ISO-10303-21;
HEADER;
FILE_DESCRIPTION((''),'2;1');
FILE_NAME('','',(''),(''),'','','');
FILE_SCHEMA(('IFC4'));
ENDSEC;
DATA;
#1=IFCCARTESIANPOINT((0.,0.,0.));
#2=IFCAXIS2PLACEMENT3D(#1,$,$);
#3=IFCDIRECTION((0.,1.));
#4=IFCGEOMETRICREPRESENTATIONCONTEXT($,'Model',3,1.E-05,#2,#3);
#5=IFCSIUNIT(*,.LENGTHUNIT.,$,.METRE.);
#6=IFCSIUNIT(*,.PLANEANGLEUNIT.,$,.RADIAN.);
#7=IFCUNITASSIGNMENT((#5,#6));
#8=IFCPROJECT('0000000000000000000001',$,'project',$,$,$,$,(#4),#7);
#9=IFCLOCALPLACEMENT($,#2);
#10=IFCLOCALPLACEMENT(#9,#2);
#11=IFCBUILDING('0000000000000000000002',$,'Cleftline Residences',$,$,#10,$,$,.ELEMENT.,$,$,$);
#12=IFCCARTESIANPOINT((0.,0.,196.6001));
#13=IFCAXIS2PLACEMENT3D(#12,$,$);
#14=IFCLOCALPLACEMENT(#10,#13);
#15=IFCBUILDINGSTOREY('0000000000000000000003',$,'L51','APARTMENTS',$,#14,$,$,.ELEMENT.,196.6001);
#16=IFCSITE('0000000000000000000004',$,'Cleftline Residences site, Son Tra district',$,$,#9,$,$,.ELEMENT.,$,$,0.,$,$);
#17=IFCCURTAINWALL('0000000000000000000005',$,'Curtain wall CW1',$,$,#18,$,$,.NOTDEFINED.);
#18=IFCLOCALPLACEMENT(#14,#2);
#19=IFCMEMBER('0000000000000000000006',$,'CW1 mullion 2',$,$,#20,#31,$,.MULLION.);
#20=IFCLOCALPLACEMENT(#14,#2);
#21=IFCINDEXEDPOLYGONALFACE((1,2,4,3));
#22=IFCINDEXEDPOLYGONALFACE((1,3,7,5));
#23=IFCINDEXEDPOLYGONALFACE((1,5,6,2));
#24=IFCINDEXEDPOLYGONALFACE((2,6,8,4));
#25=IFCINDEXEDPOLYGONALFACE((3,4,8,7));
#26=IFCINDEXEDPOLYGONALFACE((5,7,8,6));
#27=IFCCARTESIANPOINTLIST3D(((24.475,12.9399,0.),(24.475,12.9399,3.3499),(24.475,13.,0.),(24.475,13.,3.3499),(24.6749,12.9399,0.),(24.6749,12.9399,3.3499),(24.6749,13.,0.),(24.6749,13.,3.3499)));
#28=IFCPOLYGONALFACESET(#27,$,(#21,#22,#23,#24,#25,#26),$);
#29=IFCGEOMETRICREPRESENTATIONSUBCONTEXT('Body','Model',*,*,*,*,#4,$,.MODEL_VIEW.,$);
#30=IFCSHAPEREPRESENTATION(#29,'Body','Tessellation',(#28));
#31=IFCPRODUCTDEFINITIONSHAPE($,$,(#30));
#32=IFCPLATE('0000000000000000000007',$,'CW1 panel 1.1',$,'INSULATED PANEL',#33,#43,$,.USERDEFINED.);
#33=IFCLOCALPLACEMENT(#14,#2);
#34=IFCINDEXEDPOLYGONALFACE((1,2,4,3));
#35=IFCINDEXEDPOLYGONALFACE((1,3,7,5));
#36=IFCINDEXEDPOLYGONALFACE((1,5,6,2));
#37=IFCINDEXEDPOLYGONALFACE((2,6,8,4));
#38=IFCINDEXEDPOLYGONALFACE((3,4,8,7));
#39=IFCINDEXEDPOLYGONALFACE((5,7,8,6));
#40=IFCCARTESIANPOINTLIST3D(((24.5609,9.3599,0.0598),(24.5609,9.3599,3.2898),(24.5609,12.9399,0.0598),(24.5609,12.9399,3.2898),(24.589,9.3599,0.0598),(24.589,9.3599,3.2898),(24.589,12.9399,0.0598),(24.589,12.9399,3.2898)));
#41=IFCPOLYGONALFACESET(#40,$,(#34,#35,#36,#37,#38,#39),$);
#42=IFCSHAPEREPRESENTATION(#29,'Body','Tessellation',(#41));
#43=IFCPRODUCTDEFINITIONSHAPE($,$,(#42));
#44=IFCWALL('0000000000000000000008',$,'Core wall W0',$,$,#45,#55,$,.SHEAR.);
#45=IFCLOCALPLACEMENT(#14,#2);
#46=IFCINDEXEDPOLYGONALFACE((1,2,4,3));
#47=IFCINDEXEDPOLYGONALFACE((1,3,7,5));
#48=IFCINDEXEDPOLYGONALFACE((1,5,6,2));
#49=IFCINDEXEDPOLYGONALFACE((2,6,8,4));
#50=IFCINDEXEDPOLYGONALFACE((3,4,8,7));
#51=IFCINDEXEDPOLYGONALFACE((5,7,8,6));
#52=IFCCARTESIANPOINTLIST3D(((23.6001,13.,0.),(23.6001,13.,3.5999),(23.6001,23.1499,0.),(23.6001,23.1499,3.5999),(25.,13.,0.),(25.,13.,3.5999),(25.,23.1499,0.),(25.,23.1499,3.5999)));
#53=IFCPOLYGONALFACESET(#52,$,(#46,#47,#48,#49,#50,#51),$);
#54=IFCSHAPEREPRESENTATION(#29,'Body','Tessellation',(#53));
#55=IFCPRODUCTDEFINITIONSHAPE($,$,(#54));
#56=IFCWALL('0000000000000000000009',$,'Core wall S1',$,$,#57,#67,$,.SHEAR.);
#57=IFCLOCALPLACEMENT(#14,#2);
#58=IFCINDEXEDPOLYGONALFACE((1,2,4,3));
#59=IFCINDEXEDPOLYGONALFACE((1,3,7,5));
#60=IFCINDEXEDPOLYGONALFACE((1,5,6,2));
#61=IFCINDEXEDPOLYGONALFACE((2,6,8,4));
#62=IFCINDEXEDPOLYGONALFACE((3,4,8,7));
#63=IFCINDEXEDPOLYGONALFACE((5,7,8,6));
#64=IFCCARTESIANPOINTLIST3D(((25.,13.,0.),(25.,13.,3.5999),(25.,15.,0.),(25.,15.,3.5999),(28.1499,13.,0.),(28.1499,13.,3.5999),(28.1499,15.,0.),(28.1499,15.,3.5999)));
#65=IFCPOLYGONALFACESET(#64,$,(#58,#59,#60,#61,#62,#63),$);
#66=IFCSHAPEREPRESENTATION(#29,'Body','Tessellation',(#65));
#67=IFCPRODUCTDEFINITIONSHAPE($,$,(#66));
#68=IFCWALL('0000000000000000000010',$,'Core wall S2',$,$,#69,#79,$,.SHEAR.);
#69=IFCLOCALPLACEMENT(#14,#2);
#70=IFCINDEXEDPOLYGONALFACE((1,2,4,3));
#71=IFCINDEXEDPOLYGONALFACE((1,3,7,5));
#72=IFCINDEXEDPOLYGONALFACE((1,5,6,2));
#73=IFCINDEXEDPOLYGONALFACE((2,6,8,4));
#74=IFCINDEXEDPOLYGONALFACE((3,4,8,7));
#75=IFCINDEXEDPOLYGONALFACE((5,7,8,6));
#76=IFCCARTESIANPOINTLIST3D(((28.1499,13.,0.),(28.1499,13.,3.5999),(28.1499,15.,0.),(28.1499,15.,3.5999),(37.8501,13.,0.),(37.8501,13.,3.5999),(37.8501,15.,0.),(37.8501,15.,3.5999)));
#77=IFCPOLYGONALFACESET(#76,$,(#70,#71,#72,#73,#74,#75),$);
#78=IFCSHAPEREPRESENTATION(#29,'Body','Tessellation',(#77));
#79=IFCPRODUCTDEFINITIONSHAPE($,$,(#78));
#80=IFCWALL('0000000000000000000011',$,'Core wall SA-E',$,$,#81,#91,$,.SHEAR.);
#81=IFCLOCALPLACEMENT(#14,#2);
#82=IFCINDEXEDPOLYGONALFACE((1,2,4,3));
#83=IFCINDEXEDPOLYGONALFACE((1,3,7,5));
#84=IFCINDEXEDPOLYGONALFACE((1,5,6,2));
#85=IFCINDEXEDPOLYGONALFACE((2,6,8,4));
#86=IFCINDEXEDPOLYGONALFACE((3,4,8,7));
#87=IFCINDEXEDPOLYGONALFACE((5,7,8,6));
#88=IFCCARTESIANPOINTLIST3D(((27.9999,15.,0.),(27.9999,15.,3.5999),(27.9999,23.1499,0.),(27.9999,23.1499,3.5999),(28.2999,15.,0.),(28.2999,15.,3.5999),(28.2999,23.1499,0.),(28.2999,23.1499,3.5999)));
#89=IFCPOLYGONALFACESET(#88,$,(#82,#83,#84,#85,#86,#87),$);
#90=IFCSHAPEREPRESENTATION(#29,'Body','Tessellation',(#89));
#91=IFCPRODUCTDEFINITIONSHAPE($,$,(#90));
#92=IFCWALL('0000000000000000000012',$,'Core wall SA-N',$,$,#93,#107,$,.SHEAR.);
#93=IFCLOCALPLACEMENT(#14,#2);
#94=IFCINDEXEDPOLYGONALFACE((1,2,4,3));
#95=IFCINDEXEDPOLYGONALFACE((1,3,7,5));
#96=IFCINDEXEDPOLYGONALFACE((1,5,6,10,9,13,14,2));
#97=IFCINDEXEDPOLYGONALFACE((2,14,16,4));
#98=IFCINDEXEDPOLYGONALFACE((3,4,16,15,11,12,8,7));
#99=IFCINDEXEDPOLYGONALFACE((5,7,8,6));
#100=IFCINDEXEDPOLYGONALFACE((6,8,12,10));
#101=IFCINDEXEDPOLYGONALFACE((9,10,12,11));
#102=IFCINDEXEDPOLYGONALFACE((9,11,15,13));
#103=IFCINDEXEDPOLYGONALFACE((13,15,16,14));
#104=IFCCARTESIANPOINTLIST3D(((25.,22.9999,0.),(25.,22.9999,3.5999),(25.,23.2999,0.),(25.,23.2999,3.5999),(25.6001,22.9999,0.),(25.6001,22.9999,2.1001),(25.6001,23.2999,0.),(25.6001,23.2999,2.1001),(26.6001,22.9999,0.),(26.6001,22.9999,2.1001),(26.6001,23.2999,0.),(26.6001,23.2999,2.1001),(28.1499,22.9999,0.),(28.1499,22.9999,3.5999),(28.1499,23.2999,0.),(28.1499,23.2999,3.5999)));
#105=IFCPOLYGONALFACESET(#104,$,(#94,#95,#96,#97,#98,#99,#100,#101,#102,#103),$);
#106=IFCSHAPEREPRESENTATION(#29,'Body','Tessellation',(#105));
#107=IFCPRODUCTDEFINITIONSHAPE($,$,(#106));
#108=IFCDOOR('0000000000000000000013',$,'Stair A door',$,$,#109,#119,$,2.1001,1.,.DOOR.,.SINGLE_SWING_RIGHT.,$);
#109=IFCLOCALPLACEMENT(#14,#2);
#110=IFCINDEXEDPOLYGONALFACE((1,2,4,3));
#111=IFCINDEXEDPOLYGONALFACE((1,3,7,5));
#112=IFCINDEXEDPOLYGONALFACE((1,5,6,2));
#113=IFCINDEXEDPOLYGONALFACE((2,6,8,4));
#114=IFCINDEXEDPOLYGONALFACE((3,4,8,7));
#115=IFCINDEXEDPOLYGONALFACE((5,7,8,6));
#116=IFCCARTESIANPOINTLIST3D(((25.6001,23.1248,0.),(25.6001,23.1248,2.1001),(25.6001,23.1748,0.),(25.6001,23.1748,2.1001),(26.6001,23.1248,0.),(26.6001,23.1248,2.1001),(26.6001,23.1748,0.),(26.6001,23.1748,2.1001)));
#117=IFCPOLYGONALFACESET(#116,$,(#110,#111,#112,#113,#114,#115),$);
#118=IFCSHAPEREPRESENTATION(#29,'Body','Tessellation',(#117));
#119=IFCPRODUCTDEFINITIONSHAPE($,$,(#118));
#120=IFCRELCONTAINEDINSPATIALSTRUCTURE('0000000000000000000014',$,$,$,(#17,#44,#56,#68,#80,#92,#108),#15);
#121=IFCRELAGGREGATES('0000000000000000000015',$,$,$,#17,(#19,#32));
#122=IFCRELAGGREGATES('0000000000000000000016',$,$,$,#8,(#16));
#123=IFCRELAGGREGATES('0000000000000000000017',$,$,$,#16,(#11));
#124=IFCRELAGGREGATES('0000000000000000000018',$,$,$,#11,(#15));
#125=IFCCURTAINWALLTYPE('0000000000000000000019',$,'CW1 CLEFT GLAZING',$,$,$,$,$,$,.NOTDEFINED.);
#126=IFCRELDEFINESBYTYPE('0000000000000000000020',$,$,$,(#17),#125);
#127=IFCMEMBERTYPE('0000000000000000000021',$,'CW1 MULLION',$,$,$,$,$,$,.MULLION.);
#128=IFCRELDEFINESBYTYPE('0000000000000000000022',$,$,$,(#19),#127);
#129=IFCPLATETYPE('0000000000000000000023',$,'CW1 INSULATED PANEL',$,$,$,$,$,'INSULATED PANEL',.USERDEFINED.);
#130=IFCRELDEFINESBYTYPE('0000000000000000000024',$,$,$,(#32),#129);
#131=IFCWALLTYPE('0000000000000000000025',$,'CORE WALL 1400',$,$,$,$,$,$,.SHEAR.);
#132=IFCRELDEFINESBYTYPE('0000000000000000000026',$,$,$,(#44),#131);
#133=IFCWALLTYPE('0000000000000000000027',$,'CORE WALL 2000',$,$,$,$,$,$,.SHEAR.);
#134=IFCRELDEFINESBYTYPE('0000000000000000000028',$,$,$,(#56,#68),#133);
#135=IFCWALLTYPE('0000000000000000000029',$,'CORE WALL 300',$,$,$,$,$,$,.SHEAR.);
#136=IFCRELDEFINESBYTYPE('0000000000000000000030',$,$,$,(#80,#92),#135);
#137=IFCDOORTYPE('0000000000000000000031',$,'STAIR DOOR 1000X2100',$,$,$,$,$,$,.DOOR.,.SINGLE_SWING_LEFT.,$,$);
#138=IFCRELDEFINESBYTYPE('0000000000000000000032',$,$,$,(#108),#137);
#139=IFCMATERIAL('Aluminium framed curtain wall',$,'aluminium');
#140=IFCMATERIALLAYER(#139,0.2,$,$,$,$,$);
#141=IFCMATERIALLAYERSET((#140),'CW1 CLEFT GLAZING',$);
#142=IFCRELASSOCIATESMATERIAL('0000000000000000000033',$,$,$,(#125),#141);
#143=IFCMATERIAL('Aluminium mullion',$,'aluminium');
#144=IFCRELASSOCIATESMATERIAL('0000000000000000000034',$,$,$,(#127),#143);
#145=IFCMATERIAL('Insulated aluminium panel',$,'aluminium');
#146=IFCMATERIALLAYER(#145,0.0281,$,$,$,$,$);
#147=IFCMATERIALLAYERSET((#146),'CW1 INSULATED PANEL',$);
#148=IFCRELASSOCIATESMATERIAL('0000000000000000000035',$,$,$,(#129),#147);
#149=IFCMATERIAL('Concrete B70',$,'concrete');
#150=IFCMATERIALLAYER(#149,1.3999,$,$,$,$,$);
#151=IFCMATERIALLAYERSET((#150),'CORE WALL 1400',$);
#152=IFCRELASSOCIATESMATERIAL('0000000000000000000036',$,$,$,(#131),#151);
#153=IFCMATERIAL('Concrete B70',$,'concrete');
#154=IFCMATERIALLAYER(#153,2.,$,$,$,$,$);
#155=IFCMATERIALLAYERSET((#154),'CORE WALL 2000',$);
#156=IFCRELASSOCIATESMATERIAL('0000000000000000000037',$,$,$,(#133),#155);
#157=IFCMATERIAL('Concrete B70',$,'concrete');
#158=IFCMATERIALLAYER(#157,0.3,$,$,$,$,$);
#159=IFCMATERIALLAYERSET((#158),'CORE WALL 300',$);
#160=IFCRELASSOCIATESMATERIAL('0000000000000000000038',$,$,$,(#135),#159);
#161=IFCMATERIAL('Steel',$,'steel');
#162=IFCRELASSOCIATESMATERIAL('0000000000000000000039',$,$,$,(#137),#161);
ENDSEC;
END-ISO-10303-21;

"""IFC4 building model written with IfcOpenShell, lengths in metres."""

from ifc_helpers import new_model, si_unit, direction, frame, frame_2d, origin, origin_2d, place, context, subcontext, project, spatial, rectangle, extrude, material, layer, layer_set, material_profile, profile_set, type_object, element, fill, aggregate, save


model = new_model("IFC4")

# Units and contexts
model_context = context("Model", 3, precision=1e-05, world=origin(), true_north=direction((0.0, 1.0)))
body_context = subcontext(model_context, "Body", "Model", "MODEL_VIEW")
ifc_project = project(units=[si_unit("LENGTHUNIT", "METRE"), si_unit("PLANEANGLEUNIT", "RADIAN")], contexts=[model_context])

# Site, building, storey
site_placement = place(None, origin())
site = spatial("IfcSite", under=ifc_project, at=site_placement, Name="Cleftline Residences site, Son Tra district", CompositionType="ELEMENT", RefElevation=0.0)
building_placement = place(site_placement, origin())
building = spatial("IfcBuilding", under=site, at=building_placement, Name="Cleftline Residences", CompositionType="ELEMENT")
storey_placement = place(building_placement, frame((0.0, 0.0, 196.6001)))
storey = spatial("IfcBuildingStorey", under=building, at=storey_placement, Name="L51", Description="APARTMENTS", CompositionType="ELEMENT", Elevation=196.6001)

# Curtain wall, member, plate
ifc_material_1 = material(Name="Aluminium framed curtain wall", Category="aluminium")
ifc_layer_1 = layer(ifc_material_1, 0.2)
ifc_layer_set_1 = layer_set([ifc_layer_1], Name="CW1 CLEFT GLAZING")
curtain_wall_type = type_object("IfcCurtainWallType", Name="CW1 CLEFT GLAZING", PredefinedType="NOTDEFINED", material=ifc_layer_set_1)
curtain_wall_placement = place(storey_placement, origin())
curtain_wall = element("IfcCurtainWall", 1, at=curtain_wall_placement, inside=storey, type_object=curtain_wall_type, Name="Curtain wall CW1", PredefinedType="NOTDEFINED")
ifc_material_2 = material(Name="Aluminium mullion", Category="aluminium")
ifc_material_profile = material_profile(ifc_material_2, rectangle(XDim=0.2, YDim=0.0601, at=origin_2d()))
ifc_profile_set = profile_set([ifc_material_profile], Name="Aluminium mullion")
member_type = type_object("IfcMemberType", Name="CW1 MULLION", PredefinedType="MULLION", material=ifc_profile_set)
member_placement = place(storey_placement, frame((24.575, 12.97, 0.0), z_axis=(0.0, 0.0, 1.0), x_axis=(-1.0, 0.0, 0.0)))
member = element("IfcMember", 2, at=member_placement, type_object=member_type, Name="CW1 mullion 2", PredefinedType="MULLION", context=body_context, shape_type="SweptSolid", body=[
    extrude(rectangle(XDim=0.2, YDim=0.0601, at=origin_2d()), origin(), (0.0, 0.0, 1.0), 3.3499),
])
ifc_material_3 = material(Name="Insulated aluminium panel", Category="aluminium")
ifc_layer_2 = layer(ifc_material_3, 0.0281)
ifc_layer_set_2 = layer_set([ifc_layer_2], Name="CW1 INSULATED PANEL")
plate_type = type_object("IfcPlateType", Name="CW1 INSULATED PANEL", ElementType="INSULATED PANEL", PredefinedType="USERDEFINED", material=ifc_layer_set_2)
plate_placement = place(storey_placement, frame((24.575, 11.1499, 0.0598), z_axis=(0.0, 0.0, 1.0), x_axis=(0.0, 1.0, 0.0)))
plate = element("IfcPlate", 3, at=plate_placement, type_object=plate_type, Name="CW1 panel 1.1", ObjectType="INSULATED PANEL", PredefinedType="USERDEFINED", context=body_context, shape_type="SweptSolid", body=[
    extrude(rectangle(XDim=3.5801, YDim=0.0281, at=origin_2d()), origin(), (0.0, 0.0, 1.0), 3.23),
])
aggregate(curtain_wall, [member, plate])

# Wall
ifc_material_4 = material(Name="Concrete B70", Category="concrete")
ifc_layer_3 = layer(ifc_material_4, 1.3999)
ifc_layer_set_3 = layer_set([ifc_layer_3], Name="CORE WALL 1400")
wall_type_1 = type_object("IfcWallType", Name="CORE WALL 1400", PredefinedType="SHEAR", material=ifc_layer_set_3)
wall_1_placement = place(storey_placement, frame((24.3, 13.0, 0.0), z_axis=(0.0, 0.0, 1.0), x_axis=(0.0, 1.0, 0.0)))
element("IfcWall", 4, at=wall_1_placement, inside=storey, type_object=wall_type_1, Name="Core wall W0", PredefinedType="SHEAR", context=body_context, shape_type="SweptSolid", body=[
    extrude(rectangle(XDim=10.1499, YDim=1.3999, at=frame_2d((5.075, 0.0))), origin(), (0.0, 0.0, 1.0), 3.5999),
])

# Walls
ifc_material_5 = material(Name="Concrete B70", Category="concrete")
ifc_layer_4 = layer(ifc_material_5, 2.0)
ifc_layer_set_4 = layer_set([ifc_layer_4], Name="CORE WALL 2000")
wall_type_2 = type_object("IfcWallType", Name="CORE WALL 2000", PredefinedType="SHEAR", material=ifc_layer_set_4)
wall_2_placement = place(storey_placement, frame((25.0, 14.0, 0.0), z_axis=(0.0, 0.0, 1.0), x_axis=(1.0, 0.0, 0.0)))
element("IfcWall", 5, at=wall_2_placement, inside=storey, type_object=wall_type_2, Name="Core wall S1", PredefinedType="SHEAR", context=body_context, shape_type="SweptSolid", body=[
    extrude(rectangle(XDim=3.1499, YDim=2.0, at=frame_2d((1.575, 0.0))), origin(), (0.0, 0.0, 1.0), 3.5999),
])
wall_3_placement = place(storey_placement, frame((28.1499, 14.0, 0.0), z_axis=(0.0, 0.0, 1.0), x_axis=(1.0, 0.0, 0.0)))
element("IfcWall", 6, at=wall_3_placement, inside=storey, type_object=wall_type_2, Name="Core wall S2", PredefinedType="SHEAR", context=body_context, shape_type="SweptSolid", body=[
    extrude(rectangle(XDim=9.7002, YDim=2.0, at=frame_2d((4.8501, 0.0))), origin(), (0.0, 0.0, 1.0), 3.5999),
])
ifc_material_6 = material(Name="Concrete B70", Category="concrete")
ifc_layer_5 = layer(ifc_material_6, 0.3)
ifc_layer_set_5 = layer_set([ifc_layer_5], Name="CORE WALL 300")
wall_type_3 = type_object("IfcWallType", Name="CORE WALL 300", PredefinedType="SHEAR", material=ifc_layer_set_5)
wall_4_placement = place(storey_placement, frame((28.1499, 15.0, 0.0), z_axis=(0.0, 0.0, 1.0), x_axis=(0.0, 1.0, 0.0)))
element("IfcWall", 7, at=wall_4_placement, inside=storey, type_object=wall_type_3, Name="Core wall SA-E", PredefinedType="SHEAR", context=body_context, shape_type="SweptSolid", body=[
    extrude(rectangle(XDim=8.1499, YDim=0.3, at=frame_2d((4.075, 0.0))), origin(), (0.0, 0.0, 1.0), 3.5999),
])

# Wall, opening, door
wall_5_placement = place(storey_placement, frame((25.0, 23.1499, 0.0), z_axis=(0.0, 0.0, 1.0), x_axis=(1.0, 0.0, 0.0)))
wall_5 = element("IfcWall", 8, at=wall_5_placement, inside=storey, type_object=wall_type_3, Name="Core wall SA-N", PredefinedType="SHEAR", context=body_context, shape_type="SweptSolid", body=[
    extrude(rectangle(XDim=3.1499, YDim=0.3, at=frame_2d((1.575, 0.0))), origin(), (0.0, 0.0, 1.0), 3.5999),
])
opening_1_placement = place(wall_5_placement, frame((0.6001, 0.0, 0.0)))
opening_1 = element("IfcOpeningElement", 9, at=opening_1_placement, cuts=wall_5, PredefinedType="OPENING", context=body_context, shape_type="SweptSolid", body=[
    extrude(rectangle(XDim=1.0, YDim=2.1001, at=frame_2d((0.5, 1.05))), frame((0.0, 0.1599, 0.0), z_axis=(0.0, -1.0, 0.0), x_axis=(1.0, 0.0, 0.0)), (0.0, 0.0, 1.0), 0.3201),
])
ifc_material_7 = material(Name="Steel", Category="steel")
door_type_1 = type_object("IfcDoorType", Name="STAIR DOOR 1000X2100", OperationType="SINGLE_SWING_LEFT", PredefinedType="DOOR", material=ifc_material_7)
door_1_placement = place(opening_1_placement, origin())
door_1 = element("IfcDoor", 10, at=door_1_placement, inside=storey, type_object=door_type_1, Name="Stair A door", OperationType="SINGLE_SWING_RIGHT", OverallHeight=2.1001, OverallWidth=1.0, PredefinedType="DOOR", context=body_context, shape_type="SweptSolid", body=[
    extrude(rectangle(XDim=1.0, YDim=2.1001, at=frame_2d((0.5, 1.05))), frame((0.0, 0.0249, 0.0), z_axis=(0.0, -1.0, 0.0), x_axis=(1.0, 0.0, 0.0)), (0.0, 0.0, 1.0), 0.05),
])
fill(opening_1, door_1)

save(model, "model.ifc")
